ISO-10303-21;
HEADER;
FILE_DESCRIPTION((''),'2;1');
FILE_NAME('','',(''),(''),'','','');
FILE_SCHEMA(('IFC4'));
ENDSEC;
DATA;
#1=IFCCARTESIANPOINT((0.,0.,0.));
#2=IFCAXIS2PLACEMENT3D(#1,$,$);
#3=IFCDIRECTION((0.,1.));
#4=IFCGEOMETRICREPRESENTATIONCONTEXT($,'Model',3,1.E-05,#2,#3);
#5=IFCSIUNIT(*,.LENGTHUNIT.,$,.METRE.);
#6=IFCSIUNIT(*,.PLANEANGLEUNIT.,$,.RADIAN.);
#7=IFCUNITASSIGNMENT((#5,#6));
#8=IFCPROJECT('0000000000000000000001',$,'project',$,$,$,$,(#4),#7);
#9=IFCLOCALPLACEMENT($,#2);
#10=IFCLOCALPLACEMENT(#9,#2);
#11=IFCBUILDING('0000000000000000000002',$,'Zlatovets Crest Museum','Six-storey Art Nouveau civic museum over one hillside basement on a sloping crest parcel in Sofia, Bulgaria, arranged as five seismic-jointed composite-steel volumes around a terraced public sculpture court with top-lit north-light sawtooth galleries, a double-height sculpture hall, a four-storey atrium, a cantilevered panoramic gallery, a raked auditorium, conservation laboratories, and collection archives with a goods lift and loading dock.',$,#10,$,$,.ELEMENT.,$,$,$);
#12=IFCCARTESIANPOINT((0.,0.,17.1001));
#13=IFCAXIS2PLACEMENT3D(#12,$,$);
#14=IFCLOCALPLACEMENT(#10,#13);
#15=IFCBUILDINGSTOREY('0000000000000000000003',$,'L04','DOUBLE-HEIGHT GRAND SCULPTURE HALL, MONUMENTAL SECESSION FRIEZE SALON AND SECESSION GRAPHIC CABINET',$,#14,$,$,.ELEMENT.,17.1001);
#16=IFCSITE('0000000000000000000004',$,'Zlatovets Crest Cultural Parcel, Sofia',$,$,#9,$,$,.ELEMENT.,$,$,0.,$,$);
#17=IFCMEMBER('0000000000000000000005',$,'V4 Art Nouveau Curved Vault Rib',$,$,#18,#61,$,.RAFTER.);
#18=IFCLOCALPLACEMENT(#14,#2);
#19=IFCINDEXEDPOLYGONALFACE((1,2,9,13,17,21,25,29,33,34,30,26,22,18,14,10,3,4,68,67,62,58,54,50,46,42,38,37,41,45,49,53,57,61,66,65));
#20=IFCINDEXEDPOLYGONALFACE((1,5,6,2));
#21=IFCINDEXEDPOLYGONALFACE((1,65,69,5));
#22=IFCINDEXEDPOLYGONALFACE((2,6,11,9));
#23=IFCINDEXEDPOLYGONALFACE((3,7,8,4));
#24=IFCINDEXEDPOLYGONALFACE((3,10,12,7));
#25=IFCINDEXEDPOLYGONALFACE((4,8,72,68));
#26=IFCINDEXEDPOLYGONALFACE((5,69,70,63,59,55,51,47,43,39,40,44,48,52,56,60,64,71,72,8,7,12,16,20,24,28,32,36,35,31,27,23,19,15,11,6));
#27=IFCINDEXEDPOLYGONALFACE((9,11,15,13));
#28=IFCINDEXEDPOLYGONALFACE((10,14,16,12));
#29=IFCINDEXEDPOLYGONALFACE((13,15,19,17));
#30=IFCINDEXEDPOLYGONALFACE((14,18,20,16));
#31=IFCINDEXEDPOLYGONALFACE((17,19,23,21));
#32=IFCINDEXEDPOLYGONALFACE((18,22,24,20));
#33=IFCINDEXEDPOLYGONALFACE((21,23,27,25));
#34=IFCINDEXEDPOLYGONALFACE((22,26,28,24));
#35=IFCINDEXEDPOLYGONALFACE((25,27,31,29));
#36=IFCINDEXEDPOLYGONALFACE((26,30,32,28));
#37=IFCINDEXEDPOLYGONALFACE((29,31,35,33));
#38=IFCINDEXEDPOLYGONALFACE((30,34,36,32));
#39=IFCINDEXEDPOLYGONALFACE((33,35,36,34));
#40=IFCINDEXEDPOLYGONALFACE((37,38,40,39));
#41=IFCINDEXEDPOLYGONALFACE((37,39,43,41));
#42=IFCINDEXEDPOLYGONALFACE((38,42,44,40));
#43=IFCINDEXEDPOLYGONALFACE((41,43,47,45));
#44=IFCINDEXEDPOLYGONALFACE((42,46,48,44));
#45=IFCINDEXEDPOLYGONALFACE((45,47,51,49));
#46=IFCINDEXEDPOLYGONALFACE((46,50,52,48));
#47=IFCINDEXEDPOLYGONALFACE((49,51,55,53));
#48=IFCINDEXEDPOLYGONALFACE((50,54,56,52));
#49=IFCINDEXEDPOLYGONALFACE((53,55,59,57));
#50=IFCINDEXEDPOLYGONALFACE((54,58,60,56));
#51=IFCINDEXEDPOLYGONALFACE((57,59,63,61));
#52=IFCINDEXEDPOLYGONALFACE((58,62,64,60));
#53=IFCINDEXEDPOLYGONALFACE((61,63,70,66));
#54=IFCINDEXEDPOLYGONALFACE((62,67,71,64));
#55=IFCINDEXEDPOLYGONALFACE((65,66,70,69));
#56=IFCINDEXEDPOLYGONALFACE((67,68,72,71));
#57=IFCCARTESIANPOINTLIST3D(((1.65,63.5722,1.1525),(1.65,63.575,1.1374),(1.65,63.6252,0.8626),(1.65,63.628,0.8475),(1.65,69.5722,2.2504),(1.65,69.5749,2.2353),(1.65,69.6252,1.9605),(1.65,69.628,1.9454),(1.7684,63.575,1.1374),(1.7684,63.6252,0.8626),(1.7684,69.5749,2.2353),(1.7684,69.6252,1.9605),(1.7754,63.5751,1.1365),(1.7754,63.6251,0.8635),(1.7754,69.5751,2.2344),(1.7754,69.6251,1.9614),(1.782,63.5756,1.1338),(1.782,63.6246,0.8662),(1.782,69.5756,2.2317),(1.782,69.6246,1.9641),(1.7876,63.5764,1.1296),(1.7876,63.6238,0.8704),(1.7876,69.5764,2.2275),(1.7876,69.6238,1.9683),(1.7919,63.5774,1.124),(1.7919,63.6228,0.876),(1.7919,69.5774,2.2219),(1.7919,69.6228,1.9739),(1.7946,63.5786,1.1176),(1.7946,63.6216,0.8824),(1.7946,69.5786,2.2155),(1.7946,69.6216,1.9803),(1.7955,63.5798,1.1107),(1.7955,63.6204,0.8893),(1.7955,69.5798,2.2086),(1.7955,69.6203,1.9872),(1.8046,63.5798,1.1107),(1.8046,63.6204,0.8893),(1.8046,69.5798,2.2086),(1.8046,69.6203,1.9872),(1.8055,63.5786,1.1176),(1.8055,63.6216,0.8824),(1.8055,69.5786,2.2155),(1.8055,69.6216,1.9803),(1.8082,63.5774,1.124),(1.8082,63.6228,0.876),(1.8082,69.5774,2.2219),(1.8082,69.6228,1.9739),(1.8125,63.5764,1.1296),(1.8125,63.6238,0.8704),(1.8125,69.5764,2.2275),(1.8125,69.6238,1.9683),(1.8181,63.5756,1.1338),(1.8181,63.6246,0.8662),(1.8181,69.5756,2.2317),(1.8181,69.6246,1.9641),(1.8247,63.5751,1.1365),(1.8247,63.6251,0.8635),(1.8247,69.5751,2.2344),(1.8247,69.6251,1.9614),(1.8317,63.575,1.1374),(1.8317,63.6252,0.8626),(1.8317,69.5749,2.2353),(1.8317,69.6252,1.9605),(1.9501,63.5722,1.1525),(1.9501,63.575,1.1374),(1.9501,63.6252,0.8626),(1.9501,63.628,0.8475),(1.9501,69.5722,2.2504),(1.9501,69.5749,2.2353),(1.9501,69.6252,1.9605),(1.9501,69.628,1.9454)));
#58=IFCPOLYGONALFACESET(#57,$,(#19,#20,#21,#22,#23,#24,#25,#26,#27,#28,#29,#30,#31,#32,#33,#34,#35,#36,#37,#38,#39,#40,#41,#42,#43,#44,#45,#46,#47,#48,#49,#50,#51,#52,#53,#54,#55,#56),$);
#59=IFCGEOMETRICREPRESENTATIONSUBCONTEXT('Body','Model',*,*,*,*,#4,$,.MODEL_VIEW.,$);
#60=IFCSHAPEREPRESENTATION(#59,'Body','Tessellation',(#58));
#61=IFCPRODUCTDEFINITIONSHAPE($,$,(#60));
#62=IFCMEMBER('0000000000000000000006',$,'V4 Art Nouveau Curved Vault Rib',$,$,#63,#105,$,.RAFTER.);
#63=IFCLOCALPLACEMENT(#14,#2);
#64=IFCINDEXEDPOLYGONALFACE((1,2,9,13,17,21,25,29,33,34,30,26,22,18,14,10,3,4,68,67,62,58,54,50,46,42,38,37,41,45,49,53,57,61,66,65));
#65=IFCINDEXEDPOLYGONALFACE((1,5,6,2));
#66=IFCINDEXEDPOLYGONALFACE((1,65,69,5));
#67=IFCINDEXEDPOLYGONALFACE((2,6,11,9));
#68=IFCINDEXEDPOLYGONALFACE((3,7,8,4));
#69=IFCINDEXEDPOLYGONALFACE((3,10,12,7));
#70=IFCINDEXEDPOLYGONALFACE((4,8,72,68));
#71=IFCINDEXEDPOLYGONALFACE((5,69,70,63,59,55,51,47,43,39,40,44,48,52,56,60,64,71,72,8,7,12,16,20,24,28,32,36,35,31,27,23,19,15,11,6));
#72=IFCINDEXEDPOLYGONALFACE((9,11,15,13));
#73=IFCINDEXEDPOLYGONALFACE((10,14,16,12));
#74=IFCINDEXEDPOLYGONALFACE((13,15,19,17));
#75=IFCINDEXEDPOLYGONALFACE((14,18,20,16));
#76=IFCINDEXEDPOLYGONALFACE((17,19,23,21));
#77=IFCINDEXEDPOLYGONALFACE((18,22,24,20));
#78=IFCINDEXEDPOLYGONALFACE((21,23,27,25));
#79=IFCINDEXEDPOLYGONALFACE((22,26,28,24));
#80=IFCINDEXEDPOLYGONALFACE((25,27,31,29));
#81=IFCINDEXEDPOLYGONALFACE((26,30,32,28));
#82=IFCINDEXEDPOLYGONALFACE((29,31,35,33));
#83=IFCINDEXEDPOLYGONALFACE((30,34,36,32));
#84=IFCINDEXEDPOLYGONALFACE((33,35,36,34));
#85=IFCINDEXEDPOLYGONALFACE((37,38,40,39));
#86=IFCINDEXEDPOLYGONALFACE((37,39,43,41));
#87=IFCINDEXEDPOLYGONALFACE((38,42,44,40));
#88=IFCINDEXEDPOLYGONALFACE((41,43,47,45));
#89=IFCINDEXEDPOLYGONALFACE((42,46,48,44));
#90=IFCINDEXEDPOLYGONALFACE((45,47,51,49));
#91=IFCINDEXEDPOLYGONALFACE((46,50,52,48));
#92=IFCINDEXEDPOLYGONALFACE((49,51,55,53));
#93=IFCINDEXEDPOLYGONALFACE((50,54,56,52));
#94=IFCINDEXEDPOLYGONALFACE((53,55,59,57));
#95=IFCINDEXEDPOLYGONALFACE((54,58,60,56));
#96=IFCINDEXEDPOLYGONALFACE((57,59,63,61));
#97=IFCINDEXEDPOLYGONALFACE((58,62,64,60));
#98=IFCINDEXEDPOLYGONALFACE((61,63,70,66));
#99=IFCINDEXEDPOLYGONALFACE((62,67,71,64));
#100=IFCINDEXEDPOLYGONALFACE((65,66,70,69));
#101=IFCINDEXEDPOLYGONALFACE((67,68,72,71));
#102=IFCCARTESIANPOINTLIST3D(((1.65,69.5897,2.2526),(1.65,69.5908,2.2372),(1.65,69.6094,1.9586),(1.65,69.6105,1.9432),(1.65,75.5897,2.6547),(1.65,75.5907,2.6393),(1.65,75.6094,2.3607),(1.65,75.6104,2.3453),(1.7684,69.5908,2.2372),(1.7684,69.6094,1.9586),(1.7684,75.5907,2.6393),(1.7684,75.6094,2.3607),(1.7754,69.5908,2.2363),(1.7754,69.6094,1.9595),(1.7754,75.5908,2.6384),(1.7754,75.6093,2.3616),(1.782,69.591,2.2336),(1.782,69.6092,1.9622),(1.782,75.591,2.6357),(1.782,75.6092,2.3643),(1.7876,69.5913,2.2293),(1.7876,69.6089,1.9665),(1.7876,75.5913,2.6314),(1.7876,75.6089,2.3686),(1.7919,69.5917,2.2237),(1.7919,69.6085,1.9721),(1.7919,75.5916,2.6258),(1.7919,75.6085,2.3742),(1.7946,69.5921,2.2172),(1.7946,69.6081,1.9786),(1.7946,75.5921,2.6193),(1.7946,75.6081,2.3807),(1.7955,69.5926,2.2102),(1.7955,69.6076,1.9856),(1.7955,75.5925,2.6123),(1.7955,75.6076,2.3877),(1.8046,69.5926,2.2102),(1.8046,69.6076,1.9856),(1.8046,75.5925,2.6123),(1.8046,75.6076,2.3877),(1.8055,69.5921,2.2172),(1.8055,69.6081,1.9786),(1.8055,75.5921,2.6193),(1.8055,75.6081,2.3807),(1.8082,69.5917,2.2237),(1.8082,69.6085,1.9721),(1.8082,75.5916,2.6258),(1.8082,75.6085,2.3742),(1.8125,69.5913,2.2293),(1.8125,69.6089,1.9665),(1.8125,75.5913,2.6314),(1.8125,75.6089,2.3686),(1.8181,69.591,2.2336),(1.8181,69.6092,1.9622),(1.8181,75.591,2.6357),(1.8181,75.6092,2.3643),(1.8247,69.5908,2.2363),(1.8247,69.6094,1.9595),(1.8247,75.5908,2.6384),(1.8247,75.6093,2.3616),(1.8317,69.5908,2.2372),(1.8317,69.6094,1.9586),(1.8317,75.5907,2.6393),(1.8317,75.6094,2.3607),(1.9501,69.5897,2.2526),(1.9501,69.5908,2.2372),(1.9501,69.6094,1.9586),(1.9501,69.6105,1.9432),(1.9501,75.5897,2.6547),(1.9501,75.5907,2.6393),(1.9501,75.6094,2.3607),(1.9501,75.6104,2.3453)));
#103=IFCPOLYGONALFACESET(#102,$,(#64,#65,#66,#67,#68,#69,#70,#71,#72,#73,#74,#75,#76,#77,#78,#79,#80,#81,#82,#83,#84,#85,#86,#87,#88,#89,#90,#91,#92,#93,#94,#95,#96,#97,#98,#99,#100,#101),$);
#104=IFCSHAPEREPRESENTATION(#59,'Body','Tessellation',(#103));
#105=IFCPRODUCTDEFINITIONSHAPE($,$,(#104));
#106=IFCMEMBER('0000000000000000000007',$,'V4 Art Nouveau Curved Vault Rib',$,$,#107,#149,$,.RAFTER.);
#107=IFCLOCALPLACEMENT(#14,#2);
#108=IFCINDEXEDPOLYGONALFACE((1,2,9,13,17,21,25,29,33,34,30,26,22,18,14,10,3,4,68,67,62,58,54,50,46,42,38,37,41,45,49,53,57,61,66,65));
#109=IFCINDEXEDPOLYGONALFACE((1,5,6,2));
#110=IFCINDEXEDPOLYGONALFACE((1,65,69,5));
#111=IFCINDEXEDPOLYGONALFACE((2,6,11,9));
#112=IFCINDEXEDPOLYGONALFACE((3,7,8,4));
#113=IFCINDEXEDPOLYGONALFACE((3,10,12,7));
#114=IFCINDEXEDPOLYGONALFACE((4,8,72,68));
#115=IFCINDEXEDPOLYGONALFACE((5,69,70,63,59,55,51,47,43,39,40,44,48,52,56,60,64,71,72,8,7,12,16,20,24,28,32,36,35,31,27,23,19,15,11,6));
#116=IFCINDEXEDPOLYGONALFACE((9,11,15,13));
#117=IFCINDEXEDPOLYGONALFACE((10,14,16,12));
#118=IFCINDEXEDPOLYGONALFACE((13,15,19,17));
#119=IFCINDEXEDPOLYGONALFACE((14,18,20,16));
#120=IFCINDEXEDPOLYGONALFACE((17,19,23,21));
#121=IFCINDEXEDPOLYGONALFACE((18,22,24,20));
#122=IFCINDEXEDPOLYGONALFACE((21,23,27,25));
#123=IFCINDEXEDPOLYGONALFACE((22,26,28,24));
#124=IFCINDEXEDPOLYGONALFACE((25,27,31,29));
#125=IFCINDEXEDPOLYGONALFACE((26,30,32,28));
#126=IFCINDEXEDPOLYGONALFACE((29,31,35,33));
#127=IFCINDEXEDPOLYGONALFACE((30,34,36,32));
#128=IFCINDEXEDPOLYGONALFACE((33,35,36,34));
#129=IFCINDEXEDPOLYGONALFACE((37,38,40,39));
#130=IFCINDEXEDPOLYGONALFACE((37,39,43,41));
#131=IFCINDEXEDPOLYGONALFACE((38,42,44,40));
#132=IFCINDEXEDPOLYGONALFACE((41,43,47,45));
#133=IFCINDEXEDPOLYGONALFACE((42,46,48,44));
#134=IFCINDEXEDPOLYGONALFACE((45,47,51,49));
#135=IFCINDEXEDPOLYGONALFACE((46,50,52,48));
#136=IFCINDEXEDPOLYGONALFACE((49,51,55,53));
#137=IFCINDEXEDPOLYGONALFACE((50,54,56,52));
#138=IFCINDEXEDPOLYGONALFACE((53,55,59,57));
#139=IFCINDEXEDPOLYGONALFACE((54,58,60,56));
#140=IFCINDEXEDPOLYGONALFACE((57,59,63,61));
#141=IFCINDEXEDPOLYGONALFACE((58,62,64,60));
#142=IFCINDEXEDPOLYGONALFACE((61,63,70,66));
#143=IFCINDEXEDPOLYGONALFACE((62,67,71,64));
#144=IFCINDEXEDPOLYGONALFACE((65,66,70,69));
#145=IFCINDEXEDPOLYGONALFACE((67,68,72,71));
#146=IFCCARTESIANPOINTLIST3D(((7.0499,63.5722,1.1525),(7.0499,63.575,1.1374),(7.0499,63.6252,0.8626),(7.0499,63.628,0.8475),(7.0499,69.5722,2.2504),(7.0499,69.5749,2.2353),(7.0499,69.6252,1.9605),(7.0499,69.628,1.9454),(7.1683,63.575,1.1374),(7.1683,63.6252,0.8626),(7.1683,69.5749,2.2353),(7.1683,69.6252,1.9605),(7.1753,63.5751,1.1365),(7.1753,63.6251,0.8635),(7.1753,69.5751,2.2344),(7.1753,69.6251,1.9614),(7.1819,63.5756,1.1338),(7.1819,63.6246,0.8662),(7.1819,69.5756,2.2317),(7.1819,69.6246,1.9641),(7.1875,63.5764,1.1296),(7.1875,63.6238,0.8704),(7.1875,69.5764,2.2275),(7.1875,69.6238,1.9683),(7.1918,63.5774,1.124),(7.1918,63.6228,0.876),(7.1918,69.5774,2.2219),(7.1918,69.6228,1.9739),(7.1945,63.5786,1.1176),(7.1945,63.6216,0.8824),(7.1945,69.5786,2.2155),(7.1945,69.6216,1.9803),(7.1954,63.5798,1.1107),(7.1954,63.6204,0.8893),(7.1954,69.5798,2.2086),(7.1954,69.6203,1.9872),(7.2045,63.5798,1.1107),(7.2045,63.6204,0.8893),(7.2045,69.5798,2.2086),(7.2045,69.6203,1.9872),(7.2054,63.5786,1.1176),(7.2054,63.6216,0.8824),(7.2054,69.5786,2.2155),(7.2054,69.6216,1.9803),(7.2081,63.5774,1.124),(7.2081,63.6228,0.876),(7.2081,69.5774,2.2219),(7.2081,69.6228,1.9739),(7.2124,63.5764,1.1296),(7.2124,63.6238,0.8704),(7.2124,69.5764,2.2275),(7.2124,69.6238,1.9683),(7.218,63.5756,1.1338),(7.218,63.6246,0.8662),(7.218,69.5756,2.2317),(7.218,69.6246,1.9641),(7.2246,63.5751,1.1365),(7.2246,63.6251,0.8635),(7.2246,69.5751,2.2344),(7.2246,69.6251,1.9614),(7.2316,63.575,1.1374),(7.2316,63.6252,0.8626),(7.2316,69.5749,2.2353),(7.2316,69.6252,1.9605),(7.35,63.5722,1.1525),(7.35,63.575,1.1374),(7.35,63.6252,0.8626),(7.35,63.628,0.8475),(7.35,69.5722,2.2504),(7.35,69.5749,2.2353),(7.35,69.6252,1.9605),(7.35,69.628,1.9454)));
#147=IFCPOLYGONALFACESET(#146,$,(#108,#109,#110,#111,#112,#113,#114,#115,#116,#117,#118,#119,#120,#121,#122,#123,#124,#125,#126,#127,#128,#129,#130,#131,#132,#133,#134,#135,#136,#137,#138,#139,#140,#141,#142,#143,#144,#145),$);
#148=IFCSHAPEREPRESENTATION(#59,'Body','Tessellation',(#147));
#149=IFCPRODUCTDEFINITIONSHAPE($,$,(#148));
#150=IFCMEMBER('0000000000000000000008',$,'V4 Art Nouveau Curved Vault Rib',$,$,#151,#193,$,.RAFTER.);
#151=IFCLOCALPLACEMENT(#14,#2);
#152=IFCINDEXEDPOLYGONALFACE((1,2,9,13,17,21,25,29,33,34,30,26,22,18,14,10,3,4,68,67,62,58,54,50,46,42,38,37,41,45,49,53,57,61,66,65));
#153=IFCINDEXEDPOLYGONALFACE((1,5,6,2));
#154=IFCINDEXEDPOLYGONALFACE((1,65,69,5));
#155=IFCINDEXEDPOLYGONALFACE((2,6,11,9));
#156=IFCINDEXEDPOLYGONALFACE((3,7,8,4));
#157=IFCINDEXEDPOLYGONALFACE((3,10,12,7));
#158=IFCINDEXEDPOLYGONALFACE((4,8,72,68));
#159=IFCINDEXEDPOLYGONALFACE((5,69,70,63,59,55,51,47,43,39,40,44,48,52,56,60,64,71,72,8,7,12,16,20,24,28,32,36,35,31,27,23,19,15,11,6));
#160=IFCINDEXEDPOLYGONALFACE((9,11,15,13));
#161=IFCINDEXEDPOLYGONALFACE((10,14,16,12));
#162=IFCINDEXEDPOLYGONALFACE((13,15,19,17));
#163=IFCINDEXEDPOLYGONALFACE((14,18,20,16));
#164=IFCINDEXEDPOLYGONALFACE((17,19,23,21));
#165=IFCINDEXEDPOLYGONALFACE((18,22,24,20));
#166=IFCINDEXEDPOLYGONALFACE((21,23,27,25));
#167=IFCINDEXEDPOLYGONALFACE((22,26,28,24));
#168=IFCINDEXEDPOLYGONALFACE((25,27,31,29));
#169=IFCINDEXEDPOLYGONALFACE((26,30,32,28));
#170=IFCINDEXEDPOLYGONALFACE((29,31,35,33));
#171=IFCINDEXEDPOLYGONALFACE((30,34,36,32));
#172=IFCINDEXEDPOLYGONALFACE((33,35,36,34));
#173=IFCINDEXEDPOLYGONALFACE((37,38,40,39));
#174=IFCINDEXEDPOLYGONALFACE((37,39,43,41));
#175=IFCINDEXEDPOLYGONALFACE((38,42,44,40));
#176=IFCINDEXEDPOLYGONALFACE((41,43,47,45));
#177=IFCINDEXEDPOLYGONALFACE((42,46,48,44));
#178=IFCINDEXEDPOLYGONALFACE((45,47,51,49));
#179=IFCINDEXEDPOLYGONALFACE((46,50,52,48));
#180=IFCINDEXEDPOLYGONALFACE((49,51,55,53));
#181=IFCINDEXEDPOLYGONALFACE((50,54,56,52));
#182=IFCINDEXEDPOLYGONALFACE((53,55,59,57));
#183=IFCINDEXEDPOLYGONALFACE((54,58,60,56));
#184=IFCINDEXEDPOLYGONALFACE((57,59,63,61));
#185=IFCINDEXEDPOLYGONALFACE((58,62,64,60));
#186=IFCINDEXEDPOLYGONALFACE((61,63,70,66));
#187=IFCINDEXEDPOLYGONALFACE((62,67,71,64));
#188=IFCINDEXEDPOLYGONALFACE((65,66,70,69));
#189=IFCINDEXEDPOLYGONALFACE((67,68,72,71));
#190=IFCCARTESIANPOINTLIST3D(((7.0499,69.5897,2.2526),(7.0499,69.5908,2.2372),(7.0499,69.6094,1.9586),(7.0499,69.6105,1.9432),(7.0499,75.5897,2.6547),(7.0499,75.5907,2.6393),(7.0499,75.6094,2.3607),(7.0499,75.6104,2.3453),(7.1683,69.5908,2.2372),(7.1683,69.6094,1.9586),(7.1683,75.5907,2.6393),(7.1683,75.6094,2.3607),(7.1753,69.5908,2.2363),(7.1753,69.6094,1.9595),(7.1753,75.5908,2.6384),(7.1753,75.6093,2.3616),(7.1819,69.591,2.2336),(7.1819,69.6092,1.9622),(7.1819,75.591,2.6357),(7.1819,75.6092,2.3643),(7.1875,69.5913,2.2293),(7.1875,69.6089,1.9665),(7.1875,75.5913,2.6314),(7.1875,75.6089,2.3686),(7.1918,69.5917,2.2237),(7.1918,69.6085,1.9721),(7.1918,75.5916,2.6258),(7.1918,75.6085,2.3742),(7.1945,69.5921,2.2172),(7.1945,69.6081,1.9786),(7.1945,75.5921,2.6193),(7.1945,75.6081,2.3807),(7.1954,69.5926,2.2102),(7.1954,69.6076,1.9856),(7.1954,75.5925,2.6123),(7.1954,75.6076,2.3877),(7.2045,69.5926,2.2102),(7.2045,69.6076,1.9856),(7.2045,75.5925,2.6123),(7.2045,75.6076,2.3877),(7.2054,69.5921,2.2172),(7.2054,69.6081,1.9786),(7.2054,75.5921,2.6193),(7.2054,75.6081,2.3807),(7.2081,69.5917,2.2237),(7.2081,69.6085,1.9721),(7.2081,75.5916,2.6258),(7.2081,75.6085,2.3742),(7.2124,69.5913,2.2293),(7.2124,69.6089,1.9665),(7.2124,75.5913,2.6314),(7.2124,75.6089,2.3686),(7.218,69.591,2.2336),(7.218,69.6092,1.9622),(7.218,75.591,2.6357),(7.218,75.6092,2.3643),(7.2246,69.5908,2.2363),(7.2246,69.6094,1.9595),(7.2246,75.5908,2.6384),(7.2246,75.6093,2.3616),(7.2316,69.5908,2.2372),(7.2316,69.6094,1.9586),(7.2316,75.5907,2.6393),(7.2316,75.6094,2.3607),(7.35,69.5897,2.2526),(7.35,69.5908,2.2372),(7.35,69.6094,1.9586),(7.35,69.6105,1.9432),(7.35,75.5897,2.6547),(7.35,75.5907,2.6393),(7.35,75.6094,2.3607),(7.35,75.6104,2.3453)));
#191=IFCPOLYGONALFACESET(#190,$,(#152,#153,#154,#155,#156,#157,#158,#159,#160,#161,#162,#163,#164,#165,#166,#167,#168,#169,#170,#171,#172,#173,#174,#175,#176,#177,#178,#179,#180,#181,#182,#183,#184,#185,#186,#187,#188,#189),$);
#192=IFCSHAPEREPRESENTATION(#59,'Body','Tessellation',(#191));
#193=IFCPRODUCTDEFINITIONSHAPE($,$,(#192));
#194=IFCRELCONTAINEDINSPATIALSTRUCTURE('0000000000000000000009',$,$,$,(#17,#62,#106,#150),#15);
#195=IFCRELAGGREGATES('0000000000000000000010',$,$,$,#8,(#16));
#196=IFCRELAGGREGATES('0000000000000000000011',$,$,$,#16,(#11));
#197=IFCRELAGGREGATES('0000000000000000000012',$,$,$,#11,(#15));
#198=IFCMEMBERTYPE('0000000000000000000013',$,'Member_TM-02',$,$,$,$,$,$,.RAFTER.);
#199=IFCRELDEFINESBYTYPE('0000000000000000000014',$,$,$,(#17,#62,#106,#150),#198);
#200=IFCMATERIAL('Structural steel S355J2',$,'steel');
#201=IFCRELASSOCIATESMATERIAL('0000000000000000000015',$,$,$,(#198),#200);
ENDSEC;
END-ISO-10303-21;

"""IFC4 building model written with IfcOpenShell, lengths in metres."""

from ifc_helpers import new_model, si_unit, direction, frame, origin, origin_2d, place, context, subcontext, project, spatial, i_section, extrude, material, material_profile, profile_set, type_object, element, save


model = new_model("IFC4")

# Units and contexts
model_context = context("Model", 3, precision=1e-05, world=origin(), true_north=direction((0.0, 1.0)))
body_context = subcontext(model_context, "Body", "Model", "MODEL_VIEW")
ifc_project = project(units=[si_unit("LENGTHUNIT", "METRE"), si_unit("PLANEANGLEUNIT", "RADIAN")], contexts=[model_context])

# Site, building, storey
site_placement = place(None, origin())
site = spatial("IfcSite", under=ifc_project, at=site_placement, Name="Zlatovets Crest Cultural Parcel, Sofia", CompositionType="ELEMENT", RefElevation=0.0)
building_placement = place(site_placement, origin())
building = spatial("IfcBuilding", under=site, at=building_placement, Name="Zlatovets Crest Museum", Description="Six-storey Art Nouveau civic museum over one hillside basement on a sloping crest parcel in Sofia, Bulgaria, arranged as five seismic-jointed composite-steel volumes around a terraced public sculpture court with top-lit north-light sawtooth galleries, a double-height sculpture hall, a four-storey atrium, a cantilevered panoramic gallery, a raked auditorium, conservation laboratories, and collection archives with a goods lift and loading dock.", CompositionType="ELEMENT")
storey_placement = place(building_placement, frame((0.0, 0.0, 17.1001)))
storey = spatial("IfcBuildingStorey", under=building, at=storey_placement, Name="L04", Description="DOUBLE-HEIGHT GRAND SCULPTURE HALL, MONUMENTAL SECESSION FRIEZE SALON AND SECESSION GRAPHIC CABINET", CompositionType="ELEMENT", Elevation=17.1001)

# Shared definitions
ifc_material_1 = material(Name="Structural steel S355J2", Category="steel")

# Members
ifc_material_profile_1 = material_profile(ifc_material_1, i_section(OverallWidth=0.3, OverallDepth=0.3101, WebThickness=0.009, FlangeThickness=0.0154, FilletRadius=0.0271, at=origin_2d()), Name="HEA 320")
ifc_profile_set_1 = profile_set([ifc_material_profile_1], Name="Structural steel S355J2")
member_type_1 = type_object("IfcMemberType", Name="Member_TM-02", PredefinedType="RAFTER", material=ifc_profile_set_1)
member_1_placement = place(storey_placement, frame((1.8, 63.6001, 1.0), z_axis=(0.0, 0.983668, 0.179995), x_axis=(-1.0, 0.0, 0.0)))
element("IfcMember", 1, at=member_1_placement, inside=storey, type_object=member_type_1, Name="V4 Art Nouveau Curved Vault Rib", PredefinedType="RAFTER", context=body_context, shape_type="SweptSolid", body=[
    extrude(i_section(OverallWidth=0.3, OverallDepth=0.3101, WebThickness=0.009, FlangeThickness=0.0154, FilletRadius=0.0271, at=origin_2d()), origin(), (0.0, 0.0, 1.0), 6.0996),
])
member_2_placement = place(storey_placement, frame((1.8, 69.6001, 2.0979), z_axis=(0.0, 0.997762, 0.066867), x_axis=(-1.0, 0.0, 0.0)))
element("IfcMember", 2, at=member_2_placement, inside=storey, type_object=member_type_1, Name="V4 Art Nouveau Curved Vault Rib", PredefinedType="RAFTER", context=body_context, shape_type="SweptSolid", body=[
    extrude(i_section(OverallWidth=0.3, OverallDepth=0.3101, WebThickness=0.009, FlangeThickness=0.0154, FilletRadius=0.0271, at=origin_2d()), origin(), (0.0, 0.0, 1.0), 6.0134),
])
member_3_placement = place(storey_placement, frame((7.2, 63.6001, 1.0), z_axis=(0.0, 0.983668, 0.179995), x_axis=(-1.0, 0.0, 0.0)))
element("IfcMember", 3, at=member_3_placement, inside=storey, type_object=member_type_1, Name="V4 Art Nouveau Curved Vault Rib", PredefinedType="RAFTER", context=body_context, shape_type="SweptSolid", body=[
    extrude(i_section(OverallWidth=0.3, OverallDepth=0.3101, WebThickness=0.009, FlangeThickness=0.0154, FilletRadius=0.0271, at=origin_2d()), origin(), (0.0, 0.0, 1.0), 6.0996),
])
member_4_placement = place(storey_placement, frame((7.2, 69.6001, 2.0979), z_axis=(0.0, 0.997762, 0.066867), x_axis=(-1.0, 0.0, 0.0)))
element("IfcMember", 4, at=member_4_placement, inside=storey, type_object=member_type_1, Name="V4 Art Nouveau Curved Vault Rib", PredefinedType="RAFTER", context=body_context, shape_type="SweptSolid", body=[
    extrude(i_section(OverallWidth=0.3, OverallDepth=0.3101, WebThickness=0.009, FlangeThickness=0.0154, FilletRadius=0.0271, at=origin_2d()), origin(), (0.0, 0.0, 1.0), 6.0134),
])

save(model, "model.ifc")
